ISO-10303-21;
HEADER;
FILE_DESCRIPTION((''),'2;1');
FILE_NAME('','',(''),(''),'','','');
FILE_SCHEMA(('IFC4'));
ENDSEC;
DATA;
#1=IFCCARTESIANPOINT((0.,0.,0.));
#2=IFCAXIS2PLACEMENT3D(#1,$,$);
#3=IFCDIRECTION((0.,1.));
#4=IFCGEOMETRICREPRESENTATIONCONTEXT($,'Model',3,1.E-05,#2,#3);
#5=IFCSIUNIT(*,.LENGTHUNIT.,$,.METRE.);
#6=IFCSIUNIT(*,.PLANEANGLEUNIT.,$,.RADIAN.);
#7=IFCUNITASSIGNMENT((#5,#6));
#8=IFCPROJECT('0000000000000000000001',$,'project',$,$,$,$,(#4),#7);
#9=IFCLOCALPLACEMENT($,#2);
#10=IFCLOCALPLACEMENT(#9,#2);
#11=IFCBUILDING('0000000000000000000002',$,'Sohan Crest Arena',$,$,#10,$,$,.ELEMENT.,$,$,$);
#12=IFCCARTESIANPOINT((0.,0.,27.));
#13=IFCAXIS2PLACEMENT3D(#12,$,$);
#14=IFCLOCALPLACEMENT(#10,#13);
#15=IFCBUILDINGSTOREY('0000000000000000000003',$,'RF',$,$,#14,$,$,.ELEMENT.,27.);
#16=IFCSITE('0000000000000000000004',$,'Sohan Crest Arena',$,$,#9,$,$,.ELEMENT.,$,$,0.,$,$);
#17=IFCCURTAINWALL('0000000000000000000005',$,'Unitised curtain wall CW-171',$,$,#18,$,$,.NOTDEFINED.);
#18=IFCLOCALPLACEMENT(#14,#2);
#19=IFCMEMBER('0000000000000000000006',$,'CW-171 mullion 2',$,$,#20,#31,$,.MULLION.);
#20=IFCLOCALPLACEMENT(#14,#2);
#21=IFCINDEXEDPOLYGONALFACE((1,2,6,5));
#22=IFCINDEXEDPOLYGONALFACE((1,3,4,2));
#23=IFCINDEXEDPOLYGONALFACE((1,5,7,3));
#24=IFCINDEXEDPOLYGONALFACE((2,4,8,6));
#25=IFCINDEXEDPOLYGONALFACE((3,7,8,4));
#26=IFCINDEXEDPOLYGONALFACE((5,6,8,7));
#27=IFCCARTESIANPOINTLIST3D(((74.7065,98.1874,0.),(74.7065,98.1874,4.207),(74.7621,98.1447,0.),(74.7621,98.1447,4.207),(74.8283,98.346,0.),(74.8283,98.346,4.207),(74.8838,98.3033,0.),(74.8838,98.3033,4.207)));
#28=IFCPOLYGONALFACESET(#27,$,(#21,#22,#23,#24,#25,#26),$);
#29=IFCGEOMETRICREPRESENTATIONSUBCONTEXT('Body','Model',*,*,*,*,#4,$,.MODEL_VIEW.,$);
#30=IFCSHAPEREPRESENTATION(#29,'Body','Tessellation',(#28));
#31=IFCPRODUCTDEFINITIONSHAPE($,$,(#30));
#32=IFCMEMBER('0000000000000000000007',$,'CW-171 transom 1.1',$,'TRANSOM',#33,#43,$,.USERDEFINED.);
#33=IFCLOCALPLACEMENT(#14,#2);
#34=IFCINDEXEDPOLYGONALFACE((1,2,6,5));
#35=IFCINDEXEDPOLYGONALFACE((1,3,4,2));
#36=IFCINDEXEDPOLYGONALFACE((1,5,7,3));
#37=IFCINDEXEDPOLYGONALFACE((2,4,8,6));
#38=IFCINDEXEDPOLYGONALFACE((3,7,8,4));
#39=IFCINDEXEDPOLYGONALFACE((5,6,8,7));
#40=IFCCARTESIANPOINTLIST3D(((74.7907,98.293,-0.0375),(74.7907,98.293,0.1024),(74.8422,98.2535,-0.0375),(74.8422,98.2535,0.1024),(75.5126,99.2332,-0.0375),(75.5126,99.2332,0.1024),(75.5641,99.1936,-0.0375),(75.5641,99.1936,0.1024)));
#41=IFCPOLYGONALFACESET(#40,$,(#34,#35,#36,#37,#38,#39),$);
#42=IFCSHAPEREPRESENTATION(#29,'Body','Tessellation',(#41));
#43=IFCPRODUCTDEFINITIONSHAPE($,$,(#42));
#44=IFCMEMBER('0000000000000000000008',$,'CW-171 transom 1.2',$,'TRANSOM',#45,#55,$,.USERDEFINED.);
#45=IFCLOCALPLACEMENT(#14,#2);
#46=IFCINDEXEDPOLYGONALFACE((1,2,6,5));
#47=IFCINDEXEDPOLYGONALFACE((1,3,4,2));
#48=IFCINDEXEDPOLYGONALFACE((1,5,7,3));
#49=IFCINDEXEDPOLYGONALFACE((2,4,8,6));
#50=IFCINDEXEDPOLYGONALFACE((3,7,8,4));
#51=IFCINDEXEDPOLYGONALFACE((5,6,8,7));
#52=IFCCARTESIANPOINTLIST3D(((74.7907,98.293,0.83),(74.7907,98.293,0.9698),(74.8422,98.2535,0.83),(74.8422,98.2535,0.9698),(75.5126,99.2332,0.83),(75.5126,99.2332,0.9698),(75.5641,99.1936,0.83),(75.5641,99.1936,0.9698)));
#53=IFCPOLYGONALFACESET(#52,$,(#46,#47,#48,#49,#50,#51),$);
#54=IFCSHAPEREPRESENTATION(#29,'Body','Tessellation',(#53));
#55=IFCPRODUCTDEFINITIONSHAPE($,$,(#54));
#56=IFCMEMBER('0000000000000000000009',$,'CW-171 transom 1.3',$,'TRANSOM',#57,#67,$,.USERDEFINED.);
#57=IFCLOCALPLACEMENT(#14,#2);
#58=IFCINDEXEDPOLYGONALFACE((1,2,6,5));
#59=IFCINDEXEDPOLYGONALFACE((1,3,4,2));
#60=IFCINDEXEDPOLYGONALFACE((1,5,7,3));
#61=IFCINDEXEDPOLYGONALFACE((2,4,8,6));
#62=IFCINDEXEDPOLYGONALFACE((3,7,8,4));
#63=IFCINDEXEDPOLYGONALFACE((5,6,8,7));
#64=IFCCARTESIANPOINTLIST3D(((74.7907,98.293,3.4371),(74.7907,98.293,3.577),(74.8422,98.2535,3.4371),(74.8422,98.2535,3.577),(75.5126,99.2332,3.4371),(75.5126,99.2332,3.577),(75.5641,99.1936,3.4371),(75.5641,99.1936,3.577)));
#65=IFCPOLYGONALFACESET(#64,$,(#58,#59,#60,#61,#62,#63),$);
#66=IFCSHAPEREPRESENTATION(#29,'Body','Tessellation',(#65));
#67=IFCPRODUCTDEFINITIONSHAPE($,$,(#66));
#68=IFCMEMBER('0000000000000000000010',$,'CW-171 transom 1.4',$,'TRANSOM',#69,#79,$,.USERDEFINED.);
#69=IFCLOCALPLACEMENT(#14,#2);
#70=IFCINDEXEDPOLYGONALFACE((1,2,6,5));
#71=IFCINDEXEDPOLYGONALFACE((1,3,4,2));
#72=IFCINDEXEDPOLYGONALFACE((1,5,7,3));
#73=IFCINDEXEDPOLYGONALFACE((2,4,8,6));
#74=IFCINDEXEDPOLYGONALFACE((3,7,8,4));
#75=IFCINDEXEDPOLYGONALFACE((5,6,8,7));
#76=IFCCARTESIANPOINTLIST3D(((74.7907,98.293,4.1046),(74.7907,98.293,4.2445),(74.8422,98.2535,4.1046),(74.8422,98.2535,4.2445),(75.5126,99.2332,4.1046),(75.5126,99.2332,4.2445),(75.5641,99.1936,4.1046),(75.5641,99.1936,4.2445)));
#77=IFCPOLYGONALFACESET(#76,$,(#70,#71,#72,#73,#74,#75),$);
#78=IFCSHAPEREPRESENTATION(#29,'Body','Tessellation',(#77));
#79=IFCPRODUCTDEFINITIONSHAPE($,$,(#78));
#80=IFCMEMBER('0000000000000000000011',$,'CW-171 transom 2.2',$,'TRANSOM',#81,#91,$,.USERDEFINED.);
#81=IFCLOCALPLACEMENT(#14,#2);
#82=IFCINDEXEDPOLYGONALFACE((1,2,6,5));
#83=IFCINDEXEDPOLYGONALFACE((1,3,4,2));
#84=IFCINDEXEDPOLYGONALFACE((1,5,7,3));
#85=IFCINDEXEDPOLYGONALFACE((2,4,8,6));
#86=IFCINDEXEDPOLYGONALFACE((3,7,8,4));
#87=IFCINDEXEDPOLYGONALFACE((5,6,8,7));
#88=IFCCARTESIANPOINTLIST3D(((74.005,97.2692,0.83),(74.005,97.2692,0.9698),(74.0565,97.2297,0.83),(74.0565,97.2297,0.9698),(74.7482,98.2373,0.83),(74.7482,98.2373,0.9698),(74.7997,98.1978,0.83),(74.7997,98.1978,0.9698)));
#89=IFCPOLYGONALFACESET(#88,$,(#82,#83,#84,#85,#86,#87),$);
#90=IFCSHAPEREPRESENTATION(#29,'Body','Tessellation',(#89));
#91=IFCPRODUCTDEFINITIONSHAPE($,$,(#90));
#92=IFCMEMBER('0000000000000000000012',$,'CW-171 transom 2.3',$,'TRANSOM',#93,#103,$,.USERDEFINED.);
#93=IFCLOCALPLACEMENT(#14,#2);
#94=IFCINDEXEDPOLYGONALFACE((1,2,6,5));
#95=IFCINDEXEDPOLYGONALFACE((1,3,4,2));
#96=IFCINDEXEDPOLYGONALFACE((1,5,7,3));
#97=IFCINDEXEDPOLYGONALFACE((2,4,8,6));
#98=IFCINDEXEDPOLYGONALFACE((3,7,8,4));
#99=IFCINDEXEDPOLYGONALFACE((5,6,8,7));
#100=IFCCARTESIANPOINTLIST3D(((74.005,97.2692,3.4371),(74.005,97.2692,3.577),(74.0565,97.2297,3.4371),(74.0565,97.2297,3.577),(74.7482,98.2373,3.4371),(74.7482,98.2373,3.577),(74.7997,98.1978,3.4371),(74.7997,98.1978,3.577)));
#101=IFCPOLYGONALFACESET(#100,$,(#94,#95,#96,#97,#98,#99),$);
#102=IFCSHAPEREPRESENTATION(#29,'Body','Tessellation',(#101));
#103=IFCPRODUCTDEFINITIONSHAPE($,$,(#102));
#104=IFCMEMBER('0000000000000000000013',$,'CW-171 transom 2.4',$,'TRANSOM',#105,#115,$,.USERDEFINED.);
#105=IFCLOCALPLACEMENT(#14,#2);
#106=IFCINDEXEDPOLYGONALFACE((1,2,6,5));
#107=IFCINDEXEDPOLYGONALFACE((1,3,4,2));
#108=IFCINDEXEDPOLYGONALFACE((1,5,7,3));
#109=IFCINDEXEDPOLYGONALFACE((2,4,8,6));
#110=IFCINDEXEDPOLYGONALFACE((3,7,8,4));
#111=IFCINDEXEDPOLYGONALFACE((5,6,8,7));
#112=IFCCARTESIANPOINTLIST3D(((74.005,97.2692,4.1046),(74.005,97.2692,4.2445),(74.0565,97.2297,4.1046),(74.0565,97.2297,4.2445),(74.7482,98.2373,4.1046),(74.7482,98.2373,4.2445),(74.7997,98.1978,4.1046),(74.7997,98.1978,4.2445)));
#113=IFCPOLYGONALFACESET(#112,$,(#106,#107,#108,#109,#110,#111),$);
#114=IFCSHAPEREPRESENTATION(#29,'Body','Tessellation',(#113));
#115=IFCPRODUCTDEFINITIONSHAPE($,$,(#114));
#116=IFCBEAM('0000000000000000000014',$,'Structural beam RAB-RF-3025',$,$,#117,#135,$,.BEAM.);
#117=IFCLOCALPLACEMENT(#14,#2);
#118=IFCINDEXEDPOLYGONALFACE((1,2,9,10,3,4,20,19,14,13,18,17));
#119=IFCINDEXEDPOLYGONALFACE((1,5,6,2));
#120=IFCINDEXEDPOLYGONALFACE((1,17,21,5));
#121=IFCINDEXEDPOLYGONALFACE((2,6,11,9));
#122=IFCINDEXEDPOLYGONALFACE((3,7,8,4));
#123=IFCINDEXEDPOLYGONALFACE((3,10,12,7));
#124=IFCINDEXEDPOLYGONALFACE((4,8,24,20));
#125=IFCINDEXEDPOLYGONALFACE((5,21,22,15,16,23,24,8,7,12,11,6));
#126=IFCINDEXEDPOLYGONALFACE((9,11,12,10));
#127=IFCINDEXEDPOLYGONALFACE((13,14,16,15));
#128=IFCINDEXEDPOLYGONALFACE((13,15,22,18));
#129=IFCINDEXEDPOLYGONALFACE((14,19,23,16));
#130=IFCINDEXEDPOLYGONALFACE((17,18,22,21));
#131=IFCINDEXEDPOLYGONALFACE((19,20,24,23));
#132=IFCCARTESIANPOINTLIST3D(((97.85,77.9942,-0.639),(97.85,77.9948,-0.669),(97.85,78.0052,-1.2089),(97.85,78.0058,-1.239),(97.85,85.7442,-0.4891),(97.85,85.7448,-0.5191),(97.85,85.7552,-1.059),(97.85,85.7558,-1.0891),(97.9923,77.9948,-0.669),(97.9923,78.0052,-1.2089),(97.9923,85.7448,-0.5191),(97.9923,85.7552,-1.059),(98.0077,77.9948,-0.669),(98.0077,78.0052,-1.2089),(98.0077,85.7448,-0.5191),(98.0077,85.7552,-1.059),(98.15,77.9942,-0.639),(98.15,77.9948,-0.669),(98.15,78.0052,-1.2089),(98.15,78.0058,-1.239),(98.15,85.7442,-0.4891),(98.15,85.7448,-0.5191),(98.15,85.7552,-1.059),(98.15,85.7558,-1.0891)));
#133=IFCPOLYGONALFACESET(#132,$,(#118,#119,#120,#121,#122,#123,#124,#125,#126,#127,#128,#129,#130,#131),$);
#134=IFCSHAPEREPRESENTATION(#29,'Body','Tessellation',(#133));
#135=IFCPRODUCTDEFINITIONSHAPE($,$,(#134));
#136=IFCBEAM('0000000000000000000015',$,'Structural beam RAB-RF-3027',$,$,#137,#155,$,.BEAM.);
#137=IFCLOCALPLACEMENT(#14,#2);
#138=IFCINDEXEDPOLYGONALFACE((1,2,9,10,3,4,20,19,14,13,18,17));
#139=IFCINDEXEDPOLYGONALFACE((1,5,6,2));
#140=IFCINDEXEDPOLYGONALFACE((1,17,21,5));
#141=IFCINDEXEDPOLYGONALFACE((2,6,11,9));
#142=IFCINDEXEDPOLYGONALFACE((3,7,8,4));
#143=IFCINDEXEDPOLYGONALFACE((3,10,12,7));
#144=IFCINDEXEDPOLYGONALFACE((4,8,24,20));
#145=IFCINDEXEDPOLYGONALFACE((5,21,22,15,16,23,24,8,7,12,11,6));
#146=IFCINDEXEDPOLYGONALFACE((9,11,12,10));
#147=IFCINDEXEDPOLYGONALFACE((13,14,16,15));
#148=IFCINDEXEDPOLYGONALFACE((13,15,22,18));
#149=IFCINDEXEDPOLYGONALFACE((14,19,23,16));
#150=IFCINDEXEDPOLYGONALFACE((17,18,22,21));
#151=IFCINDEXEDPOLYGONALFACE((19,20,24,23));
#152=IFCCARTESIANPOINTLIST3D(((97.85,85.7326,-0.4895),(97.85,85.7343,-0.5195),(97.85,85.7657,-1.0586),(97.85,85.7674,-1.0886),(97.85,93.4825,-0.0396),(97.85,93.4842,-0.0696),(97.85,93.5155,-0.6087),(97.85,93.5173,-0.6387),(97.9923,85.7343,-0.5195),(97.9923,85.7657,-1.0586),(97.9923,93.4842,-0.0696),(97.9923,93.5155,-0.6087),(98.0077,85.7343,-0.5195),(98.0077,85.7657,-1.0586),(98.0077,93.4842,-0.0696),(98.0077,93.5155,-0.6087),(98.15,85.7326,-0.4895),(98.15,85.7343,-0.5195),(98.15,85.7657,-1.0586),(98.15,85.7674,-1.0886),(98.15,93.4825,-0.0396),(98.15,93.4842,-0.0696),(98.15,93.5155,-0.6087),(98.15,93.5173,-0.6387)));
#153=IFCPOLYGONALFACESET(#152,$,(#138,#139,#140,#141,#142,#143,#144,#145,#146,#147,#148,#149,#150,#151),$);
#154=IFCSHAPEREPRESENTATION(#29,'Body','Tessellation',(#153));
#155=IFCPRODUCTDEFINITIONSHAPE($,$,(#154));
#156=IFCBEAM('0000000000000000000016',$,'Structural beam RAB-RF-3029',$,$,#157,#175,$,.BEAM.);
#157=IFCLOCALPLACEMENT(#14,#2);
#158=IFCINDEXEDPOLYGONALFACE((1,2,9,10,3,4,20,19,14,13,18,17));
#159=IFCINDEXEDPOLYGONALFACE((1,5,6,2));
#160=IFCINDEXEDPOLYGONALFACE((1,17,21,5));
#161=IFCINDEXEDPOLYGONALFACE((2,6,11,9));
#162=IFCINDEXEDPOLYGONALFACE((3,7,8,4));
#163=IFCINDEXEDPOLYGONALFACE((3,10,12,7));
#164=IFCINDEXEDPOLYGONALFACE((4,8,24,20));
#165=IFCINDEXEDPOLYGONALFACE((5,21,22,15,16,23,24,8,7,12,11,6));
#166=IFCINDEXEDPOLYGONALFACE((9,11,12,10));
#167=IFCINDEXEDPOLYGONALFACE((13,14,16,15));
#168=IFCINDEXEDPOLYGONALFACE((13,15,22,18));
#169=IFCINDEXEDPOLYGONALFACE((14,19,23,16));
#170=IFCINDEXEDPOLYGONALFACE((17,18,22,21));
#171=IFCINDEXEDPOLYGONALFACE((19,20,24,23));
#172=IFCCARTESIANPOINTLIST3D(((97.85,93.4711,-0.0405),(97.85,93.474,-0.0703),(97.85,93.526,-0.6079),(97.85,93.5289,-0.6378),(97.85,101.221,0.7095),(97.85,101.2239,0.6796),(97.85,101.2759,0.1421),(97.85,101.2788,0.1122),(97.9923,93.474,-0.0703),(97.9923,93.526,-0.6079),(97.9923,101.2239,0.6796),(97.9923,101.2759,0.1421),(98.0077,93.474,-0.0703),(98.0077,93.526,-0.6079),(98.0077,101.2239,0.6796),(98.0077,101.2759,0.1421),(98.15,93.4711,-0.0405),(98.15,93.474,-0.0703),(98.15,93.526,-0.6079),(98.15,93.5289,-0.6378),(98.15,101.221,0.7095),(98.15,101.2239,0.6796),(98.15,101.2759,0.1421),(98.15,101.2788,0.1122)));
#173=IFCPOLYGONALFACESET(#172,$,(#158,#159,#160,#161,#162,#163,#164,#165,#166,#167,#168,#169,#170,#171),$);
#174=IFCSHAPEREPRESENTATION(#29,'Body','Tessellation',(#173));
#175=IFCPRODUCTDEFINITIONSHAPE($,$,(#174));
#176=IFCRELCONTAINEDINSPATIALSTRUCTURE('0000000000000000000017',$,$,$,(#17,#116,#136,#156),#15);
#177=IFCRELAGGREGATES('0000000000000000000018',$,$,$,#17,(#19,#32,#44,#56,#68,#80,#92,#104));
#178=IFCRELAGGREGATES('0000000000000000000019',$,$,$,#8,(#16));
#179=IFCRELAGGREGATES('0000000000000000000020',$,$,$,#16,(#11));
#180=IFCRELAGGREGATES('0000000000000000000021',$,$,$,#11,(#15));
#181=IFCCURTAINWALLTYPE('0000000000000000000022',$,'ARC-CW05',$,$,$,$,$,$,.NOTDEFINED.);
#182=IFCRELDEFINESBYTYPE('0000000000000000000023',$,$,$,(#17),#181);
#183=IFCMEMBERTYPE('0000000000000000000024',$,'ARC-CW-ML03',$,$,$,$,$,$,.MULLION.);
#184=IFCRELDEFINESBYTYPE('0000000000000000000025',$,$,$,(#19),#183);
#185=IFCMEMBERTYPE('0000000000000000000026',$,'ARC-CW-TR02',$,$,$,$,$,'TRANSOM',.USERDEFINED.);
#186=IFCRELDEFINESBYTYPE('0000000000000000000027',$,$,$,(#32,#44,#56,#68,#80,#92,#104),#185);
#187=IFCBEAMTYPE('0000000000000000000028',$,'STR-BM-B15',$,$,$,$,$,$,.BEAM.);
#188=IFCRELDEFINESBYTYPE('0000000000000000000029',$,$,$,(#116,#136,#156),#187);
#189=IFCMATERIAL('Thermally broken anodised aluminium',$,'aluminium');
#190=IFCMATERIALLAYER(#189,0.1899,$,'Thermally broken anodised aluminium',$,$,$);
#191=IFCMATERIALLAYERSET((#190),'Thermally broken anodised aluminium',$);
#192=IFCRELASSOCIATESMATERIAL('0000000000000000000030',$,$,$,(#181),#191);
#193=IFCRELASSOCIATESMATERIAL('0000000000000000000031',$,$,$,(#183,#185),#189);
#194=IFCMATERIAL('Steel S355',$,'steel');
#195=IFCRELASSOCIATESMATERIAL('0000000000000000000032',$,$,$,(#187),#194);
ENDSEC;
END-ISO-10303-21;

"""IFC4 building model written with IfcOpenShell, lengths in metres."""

from ifc_helpers import new_model, si_unit, direction, frame, origin, origin_2d, place, context, subcontext, project, spatial, rectangle, i_section, extrude, material, layer, layer_set, material_profile, profile_set, type_object, element, aggregate, save


model = new_model("IFC4")

# Units and contexts
model_context = context("Model", 3, precision=1e-05, world=origin(), true_north=direction((0.0, 1.0)))
body_context = subcontext(model_context, "Body", "Model", "MODEL_VIEW")
ifc_project = project(units=[si_unit("LENGTHUNIT", "METRE"), si_unit("PLANEANGLEUNIT", "RADIAN")], contexts=[model_context])

# Site, building, storey
site_placement = place(None, origin())
site = spatial("IfcSite", under=ifc_project, at=site_placement, Name="Sohan Crest Arena", CompositionType="ELEMENT", RefElevation=0.0)
building_placement = place(site_placement, origin())
building = spatial("IfcBuilding", under=site, at=building_placement, Name="Sohan Crest Arena", CompositionType="ELEMENT")
storey_placement = place(building_placement, frame((0.0, 0.0, 27.0)))
storey = spatial("IfcBuildingStorey", under=building, at=storey_placement, Name="RF", CompositionType="ELEMENT", Elevation=27.0)

# Curtain wall, members
ifc_material_1 = material(Name="Thermally broken anodised aluminium", Category="aluminium")
ifc_layer_1 = layer(ifc_material_1, 0.1899, Name="Thermally broken anodised aluminium")
ifc_layer_set_1 = layer_set([ifc_layer_1], Name="Thermally broken anodised aluminium")
curtain_wall_type = type_object("IfcCurtainWallType", Name="ARC-CW05", PredefinedType="NOTDEFINED", material=ifc_layer_set_1)
curtain_wall_placement = place(storey_placement, origin())
curtain_wall = element("IfcCurtainWall", 1, at=curtain_wall_placement, inside=storey, type_object=curtain_wall_type, Name="Unitised curtain wall CW-171", PredefinedType="NOTDEFINED")
ifc_material_profile_1 = material_profile(ifc_material_1, rectangle(XDim=0.0701, YDim=0.2, at=origin_2d()), Name="ALU-MULL 70x200")
ifc_profile_set_1 = profile_set([ifc_material_profile_1], Name="Thermally broken anodised aluminium")
member_type_1 = type_object("IfcMemberType", Name="ARC-CW-ML03", PredefinedType="MULLION", material=ifc_profile_set_1)
member_1_placement = place(storey_placement, frame((74.7952, 98.2454, 0.0), z_axis=(0.0, 0.0, 1.0), x_axis=(0.793217, -0.608939, 0.0)))
member_1 = element("IfcMember", 2, at=member_1_placement, type_object=member_type_1, Name="CW-171 mullion 2", PredefinedType="MULLION", context=body_context, shape_type="SweptSolid", body=[
    extrude(rectangle(XDim=0.0701, YDim=0.2, at=origin_2d()), origin(), (0.0, 0.0, 1.0), 4.207),
])
ifc_material_profile_2 = material_profile(ifc_material_1, rectangle(XDim=0.0649, YDim=0.1399, at=origin_2d()), Name="ALU-TRAN 65x140")
ifc_profile_set_2 = profile_set([ifc_material_profile_2], Name="Thermally broken anodised aluminium")
member_type_2 = type_object("IfcMemberType", Name="ARC-CW-TR02", ElementType="TRANSOM", PredefinedType="USERDEFINED", material=ifc_profile_set_2)
member_2_placement = place(storey_placement, frame((75.5383, 99.2134, 0.0325), z_axis=(-0.609024, -0.793152, 0.0), x_axis=(0.793152, -0.609024, 0.0)))
member_2 = element("IfcMember", 3, at=member_2_placement, type_object=member_type_2, Name="CW-171 transom 1.1", ObjectType="TRANSOM", PredefinedType="USERDEFINED", context=body_context, shape_type="SweptSolid", body=[
    extrude(rectangle(XDim=0.0649, YDim=0.1399, at=origin_2d()), origin(), (0.0, 0.0, 1.0), 1.1853),
])
member_3_placement = place(storey_placement, frame((75.5383, 99.2134, 0.8999), z_axis=(-0.609024, -0.793152, 0.0), x_axis=(0.793152, -0.609024, 0.0)))
member_3 = element("IfcMember", 4, at=member_3_placement, type_object=member_type_2, Name="CW-171 transom 1.2", ObjectType="TRANSOM", PredefinedType="USERDEFINED", context=body_context, shape_type="SweptSolid", body=[
    extrude(rectangle(XDim=0.0649, YDim=0.1399, at=origin_2d()), origin(), (0.0, 0.0, 1.0), 1.1853),
])
member_4_placement = place(storey_placement, frame((75.5383, 99.2134, 3.5071), z_axis=(-0.609024, -0.793152, 0.0), x_axis=(0.793152, -0.609024, 0.0)))
member_4 = element("IfcMember", 5, at=member_4_placement, type_object=member_type_2, Name="CW-171 transom 1.3", ObjectType="TRANSOM", PredefinedType="USERDEFINED", context=body_context, shape_type="SweptSolid", body=[
    extrude(rectangle(XDim=0.0649, YDim=0.1399, at=origin_2d()), origin(), (0.0, 0.0, 1.0), 1.1853),
])
member_5_placement = place(storey_placement, frame((75.5383, 99.2134, 4.1746), z_axis=(-0.609024, -0.793152, 0.0), x_axis=(0.793152, -0.609024, 0.0)))
member_5 = element("IfcMember", 6, at=member_5_placement, type_object=member_type_2, Name="CW-171 transom 1.4", ObjectType="TRANSOM", PredefinedType="USERDEFINED", context=body_context, shape_type="SweptSolid", body=[
    extrude(rectangle(XDim=0.0649, YDim=0.1399, at=origin_2d()), origin(), (0.0, 0.0, 1.0), 1.1853),
])
member_6_placement = place(storey_placement, frame((74.7739, 98.2175, 0.8999), z_axis=(-0.608956, -0.793204, 0.0), x_axis=(0.793204, -0.608956, 0.0)))
member_6 = element("IfcMember", 7, at=member_6_placement, type_object=member_type_2, Name="CW-171 transom 2.2", ObjectType="TRANSOM", PredefinedType="USERDEFINED", context=body_context, shape_type="SweptSolid", body=[
    extrude(rectangle(XDim=0.0649, YDim=0.1399, at=origin_2d()), origin(), (0.0, 0.0, 1.0), 1.2205),
])
member_7_placement = place(storey_placement, frame((74.7739, 98.2175, 3.5071), z_axis=(-0.608956, -0.793204, 0.0), x_axis=(0.793204, -0.608956, 0.0)))
member_7 = element("IfcMember", 8, at=member_7_placement, type_object=member_type_2, Name="CW-171 transom 2.3", ObjectType="TRANSOM", PredefinedType="USERDEFINED", context=body_context, shape_type="SweptSolid", body=[
    extrude(rectangle(XDim=0.0649, YDim=0.1399, at=origin_2d()), origin(), (0.0, 0.0, 1.0), 1.2205),
])
member_8_placement = place(storey_placement, frame((74.7739, 98.2175, 4.1746), z_axis=(-0.608956, -0.793204, 0.0), x_axis=(0.793204, -0.608956, 0.0)))
member_8 = element("IfcMember", 9, at=member_8_placement, type_object=member_type_2, Name="CW-171 transom 2.4", ObjectType="TRANSOM", PredefinedType="USERDEFINED", context=body_context, shape_type="SweptSolid", body=[
    extrude(rectangle(XDim=0.0649, YDim=0.1399, at=origin_2d()), origin(), (0.0, 0.0, 1.0), 1.2205),
])

# Beams
ifc_material_2 = material(Name="Steel S355", Category="steel")
ifc_material_profile_3 = material_profile(ifc_material_2, i_section(OverallWidth=0.3, OverallDepth=0.6001, WebThickness=0.0154, FlangeThickness=0.03, at=origin_2d()), Name="HEB 600")
ifc_profile_set_3 = profile_set([ifc_material_profile_3], Name="Steel S355")
beam_type_1 = type_object("IfcBeamType", Name="STR-BM-B15", PredefinedType="BEAM", material=ifc_profile_set_3)
beam_1_placement = place(storey_placement, frame((98.0, 78.0, -0.939), z_axis=(0.0, 0.999813, 0.019339), x_axis=(-1.0, 0.0, 0.0)))
element("IfcBeam", 10, at=beam_1_placement, inside=storey, type_object=beam_type_1, Name="Structural beam RAB-RF-3025", PredefinedType="BEAM", context=body_context, shape_type="SweptSolid", body=[
    extrude(i_section(OverallWidth=0.3, OverallDepth=0.6001, WebThickness=0.0154, FlangeThickness=0.03, at=origin_2d()), origin(), (0.0, 0.0, 1.0), 7.7515),
])
beam_2_placement = place(storey_placement, frame((98.0, 85.75, -0.7891), z_axis=(0.0, 0.998319, 0.057961), x_axis=(-1.0, 0.0, 0.0)))
element("IfcBeam", 11, at=beam_2_placement, inside=storey, type_object=beam_type_1, Name="Structural beam RAB-RF-3027", PredefinedType="BEAM", context=body_context, shape_type="SweptSolid", body=[
    extrude(i_section(OverallWidth=0.3, OverallDepth=0.6001, WebThickness=0.0154, FlangeThickness=0.03, at=origin_2d()), origin(), (0.0, 0.0, 1.0), 7.7629),
])
beam_3_placement = place(storey_placement, frame((98.0, 93.5, -0.3391), z_axis=(0.0, 0.99535, 0.096324), x_axis=(-1.0, 0.0, 0.0)))
element("IfcBeam", 12, at=beam_3_placement, inside=storey, type_object=beam_type_1, Name="Structural beam RAB-RF-3029", PredefinedType="BEAM", context=body_context, shape_type="SweptSolid", body=[
    extrude(i_section(OverallWidth=0.3, OverallDepth=0.6001, WebThickness=0.0154, FlangeThickness=0.03, at=origin_2d()), origin(), (0.0, 0.0, 1.0), 7.7861),
])

aggregate(curtain_wall, [member_1, member_2, member_3, member_4, member_5, member_6, member_7, member_8])

save(model, "model.ifc")
